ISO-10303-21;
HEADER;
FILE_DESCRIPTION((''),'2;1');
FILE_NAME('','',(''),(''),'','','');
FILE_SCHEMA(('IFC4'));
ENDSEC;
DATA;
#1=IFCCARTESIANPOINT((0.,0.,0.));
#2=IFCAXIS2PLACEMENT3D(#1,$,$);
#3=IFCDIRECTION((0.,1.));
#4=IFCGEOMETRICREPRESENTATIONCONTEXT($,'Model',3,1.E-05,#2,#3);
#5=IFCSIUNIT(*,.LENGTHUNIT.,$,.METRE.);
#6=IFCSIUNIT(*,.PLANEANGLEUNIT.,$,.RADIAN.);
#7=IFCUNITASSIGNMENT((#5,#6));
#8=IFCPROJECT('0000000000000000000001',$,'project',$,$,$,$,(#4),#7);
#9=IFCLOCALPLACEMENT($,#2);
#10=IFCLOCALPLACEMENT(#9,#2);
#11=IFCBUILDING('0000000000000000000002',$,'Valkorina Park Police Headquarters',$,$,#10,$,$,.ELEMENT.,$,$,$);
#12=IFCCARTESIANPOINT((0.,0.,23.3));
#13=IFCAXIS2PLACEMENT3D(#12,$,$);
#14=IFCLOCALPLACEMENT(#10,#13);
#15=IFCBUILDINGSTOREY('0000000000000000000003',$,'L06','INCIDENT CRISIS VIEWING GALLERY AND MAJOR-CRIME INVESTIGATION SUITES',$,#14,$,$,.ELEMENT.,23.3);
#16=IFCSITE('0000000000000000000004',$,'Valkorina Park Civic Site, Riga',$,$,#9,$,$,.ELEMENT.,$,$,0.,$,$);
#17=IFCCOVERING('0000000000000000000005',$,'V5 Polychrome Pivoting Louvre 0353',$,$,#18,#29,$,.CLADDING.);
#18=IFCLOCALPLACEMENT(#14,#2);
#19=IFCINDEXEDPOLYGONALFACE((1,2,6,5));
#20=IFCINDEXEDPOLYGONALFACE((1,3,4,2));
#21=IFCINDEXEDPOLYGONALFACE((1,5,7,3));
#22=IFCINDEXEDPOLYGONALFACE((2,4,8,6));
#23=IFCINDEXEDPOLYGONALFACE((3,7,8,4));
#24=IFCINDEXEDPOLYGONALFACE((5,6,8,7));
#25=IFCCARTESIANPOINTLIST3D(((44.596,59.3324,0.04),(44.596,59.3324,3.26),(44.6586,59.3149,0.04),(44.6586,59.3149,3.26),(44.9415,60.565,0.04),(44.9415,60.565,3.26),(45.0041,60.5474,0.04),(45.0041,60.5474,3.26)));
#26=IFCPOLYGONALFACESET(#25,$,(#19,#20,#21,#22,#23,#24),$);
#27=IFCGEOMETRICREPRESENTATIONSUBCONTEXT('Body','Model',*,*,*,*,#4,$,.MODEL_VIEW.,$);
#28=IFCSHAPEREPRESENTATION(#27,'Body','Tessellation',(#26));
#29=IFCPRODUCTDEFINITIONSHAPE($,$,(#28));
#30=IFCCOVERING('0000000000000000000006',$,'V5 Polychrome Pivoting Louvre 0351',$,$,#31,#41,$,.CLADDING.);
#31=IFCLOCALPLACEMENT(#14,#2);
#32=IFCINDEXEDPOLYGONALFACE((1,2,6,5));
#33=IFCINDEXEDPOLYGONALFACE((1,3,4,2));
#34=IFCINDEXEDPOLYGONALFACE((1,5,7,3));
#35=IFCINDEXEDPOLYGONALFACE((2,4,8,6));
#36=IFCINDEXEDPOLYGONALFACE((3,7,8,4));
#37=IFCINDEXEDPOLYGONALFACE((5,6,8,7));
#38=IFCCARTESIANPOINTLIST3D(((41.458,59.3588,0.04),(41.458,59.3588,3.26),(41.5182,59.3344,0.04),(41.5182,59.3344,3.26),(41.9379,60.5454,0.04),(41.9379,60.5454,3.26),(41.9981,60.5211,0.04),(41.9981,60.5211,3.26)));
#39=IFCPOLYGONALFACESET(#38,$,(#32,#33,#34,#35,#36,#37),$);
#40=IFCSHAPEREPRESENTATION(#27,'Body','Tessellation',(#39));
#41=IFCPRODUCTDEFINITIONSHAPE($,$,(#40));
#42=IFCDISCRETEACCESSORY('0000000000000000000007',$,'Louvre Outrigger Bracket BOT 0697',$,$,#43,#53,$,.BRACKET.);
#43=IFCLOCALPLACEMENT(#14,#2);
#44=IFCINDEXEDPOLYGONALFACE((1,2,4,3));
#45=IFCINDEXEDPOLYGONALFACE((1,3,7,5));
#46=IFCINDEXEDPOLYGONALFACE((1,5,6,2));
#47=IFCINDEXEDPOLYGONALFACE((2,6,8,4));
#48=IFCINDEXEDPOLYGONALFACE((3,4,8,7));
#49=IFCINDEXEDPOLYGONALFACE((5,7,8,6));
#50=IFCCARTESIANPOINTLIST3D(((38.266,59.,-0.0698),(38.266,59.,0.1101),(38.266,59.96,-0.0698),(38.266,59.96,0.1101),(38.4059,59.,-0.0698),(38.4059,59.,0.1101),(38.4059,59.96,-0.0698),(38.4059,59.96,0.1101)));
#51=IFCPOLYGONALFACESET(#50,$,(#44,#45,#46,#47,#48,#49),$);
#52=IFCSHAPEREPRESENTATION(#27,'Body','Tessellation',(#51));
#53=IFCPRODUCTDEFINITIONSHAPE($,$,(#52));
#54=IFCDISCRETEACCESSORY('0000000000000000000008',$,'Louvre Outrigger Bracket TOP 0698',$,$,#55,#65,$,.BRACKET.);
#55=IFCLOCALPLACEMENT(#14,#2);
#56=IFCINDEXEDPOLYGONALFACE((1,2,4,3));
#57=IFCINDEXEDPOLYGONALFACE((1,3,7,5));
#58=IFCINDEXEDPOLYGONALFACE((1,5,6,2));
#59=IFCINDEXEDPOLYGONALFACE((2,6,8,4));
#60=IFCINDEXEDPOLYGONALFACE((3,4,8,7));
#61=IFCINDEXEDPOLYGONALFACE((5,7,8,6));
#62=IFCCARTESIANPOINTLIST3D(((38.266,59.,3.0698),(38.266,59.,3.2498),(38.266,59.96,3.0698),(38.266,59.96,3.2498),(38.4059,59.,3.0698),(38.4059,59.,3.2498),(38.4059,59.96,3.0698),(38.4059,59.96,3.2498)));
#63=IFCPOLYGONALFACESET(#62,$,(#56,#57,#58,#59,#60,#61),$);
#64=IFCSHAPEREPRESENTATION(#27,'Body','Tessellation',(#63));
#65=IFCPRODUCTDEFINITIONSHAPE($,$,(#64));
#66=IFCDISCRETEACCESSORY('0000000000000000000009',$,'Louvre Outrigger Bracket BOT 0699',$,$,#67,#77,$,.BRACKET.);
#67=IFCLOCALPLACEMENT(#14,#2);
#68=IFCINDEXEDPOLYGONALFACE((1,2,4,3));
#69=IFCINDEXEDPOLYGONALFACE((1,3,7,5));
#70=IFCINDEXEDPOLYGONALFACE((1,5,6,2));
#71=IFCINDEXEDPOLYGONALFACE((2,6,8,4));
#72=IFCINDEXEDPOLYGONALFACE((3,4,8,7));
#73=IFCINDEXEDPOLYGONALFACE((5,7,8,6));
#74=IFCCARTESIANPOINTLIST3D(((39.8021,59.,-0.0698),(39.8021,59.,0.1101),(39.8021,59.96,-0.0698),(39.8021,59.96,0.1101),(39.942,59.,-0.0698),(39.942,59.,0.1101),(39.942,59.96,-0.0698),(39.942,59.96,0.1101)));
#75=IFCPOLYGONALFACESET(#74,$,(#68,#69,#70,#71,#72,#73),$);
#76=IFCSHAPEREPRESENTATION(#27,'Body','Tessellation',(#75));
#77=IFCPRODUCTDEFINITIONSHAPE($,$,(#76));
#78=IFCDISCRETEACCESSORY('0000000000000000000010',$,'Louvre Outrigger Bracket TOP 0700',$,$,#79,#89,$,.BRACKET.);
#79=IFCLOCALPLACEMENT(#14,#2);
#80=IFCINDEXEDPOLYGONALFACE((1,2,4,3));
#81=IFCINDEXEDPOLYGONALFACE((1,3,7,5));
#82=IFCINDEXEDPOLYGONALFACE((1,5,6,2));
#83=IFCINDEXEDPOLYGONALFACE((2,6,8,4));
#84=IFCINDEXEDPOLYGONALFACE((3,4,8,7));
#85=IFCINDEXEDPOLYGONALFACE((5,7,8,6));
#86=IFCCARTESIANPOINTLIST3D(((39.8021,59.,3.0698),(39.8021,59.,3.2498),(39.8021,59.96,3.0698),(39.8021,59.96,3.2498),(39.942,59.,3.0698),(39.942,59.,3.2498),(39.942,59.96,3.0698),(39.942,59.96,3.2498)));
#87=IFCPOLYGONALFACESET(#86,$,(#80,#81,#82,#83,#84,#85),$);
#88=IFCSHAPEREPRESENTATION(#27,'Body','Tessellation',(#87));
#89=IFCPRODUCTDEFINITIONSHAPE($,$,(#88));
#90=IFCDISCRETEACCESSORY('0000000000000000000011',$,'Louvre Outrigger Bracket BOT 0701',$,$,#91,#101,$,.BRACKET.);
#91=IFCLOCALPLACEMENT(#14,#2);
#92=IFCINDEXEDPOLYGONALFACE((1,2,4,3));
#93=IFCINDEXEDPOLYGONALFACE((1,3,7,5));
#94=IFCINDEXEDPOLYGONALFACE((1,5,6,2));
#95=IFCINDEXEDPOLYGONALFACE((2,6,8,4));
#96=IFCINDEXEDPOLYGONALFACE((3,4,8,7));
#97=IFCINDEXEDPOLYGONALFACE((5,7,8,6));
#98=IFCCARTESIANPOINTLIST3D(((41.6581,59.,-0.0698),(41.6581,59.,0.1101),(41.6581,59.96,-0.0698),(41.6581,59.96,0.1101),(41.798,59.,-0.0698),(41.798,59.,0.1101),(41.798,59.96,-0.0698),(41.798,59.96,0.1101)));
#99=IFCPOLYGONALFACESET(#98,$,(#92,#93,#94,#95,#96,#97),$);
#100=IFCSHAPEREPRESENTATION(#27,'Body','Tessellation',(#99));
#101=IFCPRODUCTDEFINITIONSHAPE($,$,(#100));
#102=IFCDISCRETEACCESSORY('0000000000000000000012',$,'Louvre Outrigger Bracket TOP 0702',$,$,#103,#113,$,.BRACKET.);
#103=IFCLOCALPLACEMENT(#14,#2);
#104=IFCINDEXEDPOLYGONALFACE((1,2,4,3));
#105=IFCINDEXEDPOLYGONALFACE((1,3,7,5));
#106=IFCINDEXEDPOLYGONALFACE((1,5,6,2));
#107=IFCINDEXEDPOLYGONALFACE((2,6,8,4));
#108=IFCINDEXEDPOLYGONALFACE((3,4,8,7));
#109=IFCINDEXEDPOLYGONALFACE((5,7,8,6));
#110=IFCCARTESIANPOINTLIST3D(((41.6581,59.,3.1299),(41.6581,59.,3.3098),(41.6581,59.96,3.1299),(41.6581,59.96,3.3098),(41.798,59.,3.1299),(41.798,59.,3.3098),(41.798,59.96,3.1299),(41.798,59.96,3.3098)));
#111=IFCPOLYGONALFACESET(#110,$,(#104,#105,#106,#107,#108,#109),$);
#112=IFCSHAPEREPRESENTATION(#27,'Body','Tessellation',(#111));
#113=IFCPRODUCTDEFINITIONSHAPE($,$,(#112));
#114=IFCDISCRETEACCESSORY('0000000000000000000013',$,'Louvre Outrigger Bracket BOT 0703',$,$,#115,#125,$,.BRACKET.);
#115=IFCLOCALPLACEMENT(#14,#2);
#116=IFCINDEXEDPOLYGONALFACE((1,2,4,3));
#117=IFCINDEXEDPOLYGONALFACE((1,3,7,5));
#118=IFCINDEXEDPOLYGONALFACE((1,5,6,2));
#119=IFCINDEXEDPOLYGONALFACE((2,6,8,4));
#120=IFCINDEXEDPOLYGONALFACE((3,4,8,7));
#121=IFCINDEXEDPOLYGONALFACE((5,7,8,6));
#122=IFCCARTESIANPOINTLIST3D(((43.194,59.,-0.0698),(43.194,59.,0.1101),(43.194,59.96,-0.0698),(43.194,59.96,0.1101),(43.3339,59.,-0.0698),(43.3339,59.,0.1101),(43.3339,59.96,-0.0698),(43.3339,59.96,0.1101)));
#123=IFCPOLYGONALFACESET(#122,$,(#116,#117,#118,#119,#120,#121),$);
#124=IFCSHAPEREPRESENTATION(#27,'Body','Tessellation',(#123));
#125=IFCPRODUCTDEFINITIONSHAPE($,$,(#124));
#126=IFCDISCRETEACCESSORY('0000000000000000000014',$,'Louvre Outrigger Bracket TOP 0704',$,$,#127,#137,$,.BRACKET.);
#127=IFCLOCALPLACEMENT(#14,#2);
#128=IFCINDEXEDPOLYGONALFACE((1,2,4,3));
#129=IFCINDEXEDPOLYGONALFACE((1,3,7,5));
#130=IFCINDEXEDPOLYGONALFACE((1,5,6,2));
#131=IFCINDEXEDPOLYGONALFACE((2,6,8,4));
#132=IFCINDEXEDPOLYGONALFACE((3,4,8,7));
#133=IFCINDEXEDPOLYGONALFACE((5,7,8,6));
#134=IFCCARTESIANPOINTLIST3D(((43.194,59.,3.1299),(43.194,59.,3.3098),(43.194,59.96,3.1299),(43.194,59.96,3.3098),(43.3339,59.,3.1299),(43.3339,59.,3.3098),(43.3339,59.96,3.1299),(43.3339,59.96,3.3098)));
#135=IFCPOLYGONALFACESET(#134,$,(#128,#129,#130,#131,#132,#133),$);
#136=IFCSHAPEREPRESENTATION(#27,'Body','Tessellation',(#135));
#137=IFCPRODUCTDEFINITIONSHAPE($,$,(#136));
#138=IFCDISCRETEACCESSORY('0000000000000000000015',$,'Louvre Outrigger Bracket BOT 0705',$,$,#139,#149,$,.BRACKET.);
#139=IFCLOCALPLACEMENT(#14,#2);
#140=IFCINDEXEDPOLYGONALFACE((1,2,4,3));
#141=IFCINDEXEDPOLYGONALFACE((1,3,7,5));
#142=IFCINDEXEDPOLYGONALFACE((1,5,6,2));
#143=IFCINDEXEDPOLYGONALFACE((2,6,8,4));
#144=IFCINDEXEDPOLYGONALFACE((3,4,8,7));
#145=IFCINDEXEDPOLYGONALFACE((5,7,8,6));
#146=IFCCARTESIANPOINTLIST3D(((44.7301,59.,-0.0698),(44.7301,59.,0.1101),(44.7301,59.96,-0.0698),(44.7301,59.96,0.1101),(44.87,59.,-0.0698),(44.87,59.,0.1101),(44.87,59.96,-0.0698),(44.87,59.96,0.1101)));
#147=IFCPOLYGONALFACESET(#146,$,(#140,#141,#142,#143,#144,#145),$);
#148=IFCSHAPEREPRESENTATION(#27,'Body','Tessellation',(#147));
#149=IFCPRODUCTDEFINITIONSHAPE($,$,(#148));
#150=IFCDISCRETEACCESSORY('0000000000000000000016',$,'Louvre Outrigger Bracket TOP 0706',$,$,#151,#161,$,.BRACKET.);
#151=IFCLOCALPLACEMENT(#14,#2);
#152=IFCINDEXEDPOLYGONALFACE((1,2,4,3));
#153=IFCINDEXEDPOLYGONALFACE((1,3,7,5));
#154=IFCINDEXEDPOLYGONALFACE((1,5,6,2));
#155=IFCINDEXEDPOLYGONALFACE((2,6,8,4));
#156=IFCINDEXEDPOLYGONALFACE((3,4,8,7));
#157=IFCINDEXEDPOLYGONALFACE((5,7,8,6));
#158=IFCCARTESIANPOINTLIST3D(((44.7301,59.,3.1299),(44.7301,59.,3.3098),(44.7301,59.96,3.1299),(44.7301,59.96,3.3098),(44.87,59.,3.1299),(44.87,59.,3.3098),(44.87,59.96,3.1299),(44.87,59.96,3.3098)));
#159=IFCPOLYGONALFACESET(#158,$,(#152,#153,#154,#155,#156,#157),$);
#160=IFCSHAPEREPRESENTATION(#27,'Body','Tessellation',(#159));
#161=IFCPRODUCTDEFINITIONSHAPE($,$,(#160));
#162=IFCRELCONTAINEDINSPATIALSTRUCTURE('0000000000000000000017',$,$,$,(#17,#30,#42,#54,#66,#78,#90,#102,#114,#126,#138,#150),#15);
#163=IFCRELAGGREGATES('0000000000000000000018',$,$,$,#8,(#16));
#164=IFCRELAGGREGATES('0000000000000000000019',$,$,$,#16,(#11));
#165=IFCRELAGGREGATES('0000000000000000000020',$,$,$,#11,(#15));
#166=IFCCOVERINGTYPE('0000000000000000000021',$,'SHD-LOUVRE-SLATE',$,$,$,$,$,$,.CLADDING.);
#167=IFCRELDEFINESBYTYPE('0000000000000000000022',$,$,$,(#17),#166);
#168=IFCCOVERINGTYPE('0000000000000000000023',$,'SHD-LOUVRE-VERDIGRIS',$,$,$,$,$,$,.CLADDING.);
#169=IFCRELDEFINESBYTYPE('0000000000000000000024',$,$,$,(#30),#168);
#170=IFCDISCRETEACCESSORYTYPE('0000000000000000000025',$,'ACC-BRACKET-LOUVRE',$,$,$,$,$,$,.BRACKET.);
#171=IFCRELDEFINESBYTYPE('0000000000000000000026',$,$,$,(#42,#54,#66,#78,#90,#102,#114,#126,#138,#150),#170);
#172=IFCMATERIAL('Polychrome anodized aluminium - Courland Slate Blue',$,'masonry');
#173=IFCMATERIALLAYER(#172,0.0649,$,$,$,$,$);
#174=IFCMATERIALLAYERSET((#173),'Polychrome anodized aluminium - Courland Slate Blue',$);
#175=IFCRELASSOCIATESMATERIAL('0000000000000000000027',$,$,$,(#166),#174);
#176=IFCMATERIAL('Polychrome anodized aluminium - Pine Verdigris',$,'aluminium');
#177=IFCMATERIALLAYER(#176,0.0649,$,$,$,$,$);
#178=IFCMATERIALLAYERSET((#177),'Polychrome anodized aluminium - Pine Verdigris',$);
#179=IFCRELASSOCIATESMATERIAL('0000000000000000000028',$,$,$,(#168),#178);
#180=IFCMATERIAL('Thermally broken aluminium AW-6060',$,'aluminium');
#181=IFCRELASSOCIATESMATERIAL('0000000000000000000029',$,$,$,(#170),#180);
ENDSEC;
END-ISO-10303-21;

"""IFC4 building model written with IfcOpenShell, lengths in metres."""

from ifc_helpers import new_model, si_unit, direction, frame, origin, origin_2d, place, context, subcontext, project, spatial, rectangle, extrude, material, layer, layer_set, type_object, element, save


model = new_model("IFC4")

# Units and contexts
model_context = context("Model", 3, precision=1e-05, world=origin(), true_north=direction((0.0, 1.0)))
body_context = subcontext(model_context, "Body", "Model", "MODEL_VIEW")
ifc_project = project(units=[si_unit("LENGTHUNIT", "METRE"), si_unit("PLANEANGLEUNIT", "RADIAN")], contexts=[model_context])

# Site, building, storey
site_placement = place(None, origin())
site = spatial("IfcSite", under=ifc_project, at=site_placement, Name="Valkorina Park Civic Site, Riga", CompositionType="ELEMENT", RefElevation=0.0)
building_placement = place(site_placement, origin())
building = spatial("IfcBuilding", under=site, at=building_placement, Name="Valkorina Park Police Headquarters", CompositionType="ELEMENT")
storey_placement = place(building_placement, frame((0.0, 0.0, 23.3)))
storey = spatial("IfcBuildingStorey", under=building, at=storey_placement, Name="L06", Description="INCIDENT CRISIS VIEWING GALLERY AND MAJOR-CRIME INVESTIGATION SUITES", CompositionType="ELEMENT", Elevation=23.3)

# Shared definitions
ifc_material_1 = material(Name="Thermally broken aluminium AW-6060", Category="aluminium")

# Coverings
ifc_material_2 = material(Name="Polychrome anodized aluminium - Courland Slate Blue", Category="masonry")
ifc_layer_1 = layer(ifc_material_2, 0.0649)
ifc_layer_set_1 = layer_set([ifc_layer_1], Name="Polychrome anodized aluminium - Courland Slate Blue")
covering_type_1 = type_object("IfcCoveringType", Name="SHD-LOUVRE-SLATE", PredefinedType="CLADDING", material=ifc_layer_set_1)
covering_1_placement = place(storey_placement, frame((44.8, 59.9399, 0.04), z_axis=(0.0, 0.0, 1.0), x_axis=(0.269928, 0.96288, 0.0)))
element("IfcCovering", 1, at=covering_1_placement, inside=storey, type_object=covering_type_1, Name="V5 Polychrome Pivoting Louvre 0353", PredefinedType="CLADDING", context=body_context, shape_type="SweptSolid", body=[
    extrude(rectangle(XDim=1.28, YDim=0.0649, at=origin_2d()), origin(), (0.0, 0.0, 1.0), 3.22),
])
ifc_material_3 = material(Name="Polychrome anodized aluminium - Pine Verdigris", Category="aluminium")
ifc_layer_2 = layer(ifc_material_3, 0.0649)
ifc_layer_set_2 = layer_set([ifc_layer_2], Name="Polychrome anodized aluminium - Pine Verdigris")
covering_type_2 = type_object("IfcCoveringType", Name="SHD-LOUVRE-VERDIGRIS", PredefinedType="CLADDING", material=ifc_layer_set_2)
covering_2_placement = place(storey_placement, frame((41.728, 59.9399, 0.04), z_axis=(0.0, 0.0, 1.0), x_axis=(0.37493, 0.927053, 0.0)))
element("IfcCovering", 2, at=covering_2_placement, inside=storey, type_object=covering_type_2, Name="V5 Polychrome Pivoting Louvre 0351", PredefinedType="CLADDING", context=body_context, shape_type="SweptSolid", body=[
    extrude(rectangle(XDim=1.28, YDim=0.0649, at=origin_2d()), origin(), (0.0, 0.0, 1.0), 3.22),
])

# Discrete accessories
discrete_accessory_type = type_object("IfcDiscreteAccessoryType", Name="ACC-BRACKET-LOUVRE", PredefinedType="BRACKET", material=ifc_material_1)
for number, where, z_axis, x_axis, name in (
    (3, (38.3359, 59.48, -0.0698), (0.0, 0.0, 1.0), (0.0, 1.0, 0.0), "Louvre Outrigger Bracket BOT 0697"),
    (4, (38.3359, 59.48, 3.0698), (0.0, 0.0, 1.0), (0.0, 1.0, 0.0), "Louvre Outrigger Bracket TOP 0698"),
    (5, (39.8721, 59.48, -0.0698), (0.0, 0.0, 1.0), (0.0, 1.0, 0.0), "Louvre Outrigger Bracket BOT 0699"),
    (6, (39.8721, 59.48, 3.0698), (0.0, 0.0, 1.0), (0.0, 1.0, 0.0), "Louvre Outrigger Bracket TOP 0700"),
    (7, (41.728, 59.48, -0.0698), (0.0, 0.0, 1.0), (0.0, 1.0, 0.0), "Louvre Outrigger Bracket BOT 0701"),
    (8, (41.728, 59.48, 3.1299), (0.0, 0.0, 1.0), (0.0, 1.0, 0.0), "Louvre Outrigger Bracket TOP 0702"),
    (9, (43.2639, 59.48, -0.0698), (0.0, 0.0, 1.0), (0.0, 1.0, 0.0), "Louvre Outrigger Bracket BOT 0703"),
    (10, (43.2639, 59.48, 3.1299), (0.0, 0.0, 1.0), (0.0, 1.0, 0.0), "Louvre Outrigger Bracket TOP 0704"),
    (11, (44.8, 59.48, -0.0698), (0.0, 0.0, 1.0), (0.0, 1.0, 0.0), "Louvre Outrigger Bracket BOT 0705"),
    (12, (44.8, 59.48, 3.1299), (0.0, 0.0, 1.0), (0.0, 1.0, 0.0), "Louvre Outrigger Bracket TOP 0706"),
):
    element("IfcDiscreteAccessory", number, at=place(storey_placement, frame(where, z_axis=z_axis, x_axis=x_axis)), inside=storey, type_object=discrete_accessory_type, Name=name, PredefinedType="BRACKET", context=body_context, shape_type="SweptSolid", body=[
        extrude(rectangle(XDim=0.96, YDim=0.1399, at=origin_2d()), origin(), (0.0, 0.0, 1.0), 0.1799),
    ])

save(model, "model.ifc")
